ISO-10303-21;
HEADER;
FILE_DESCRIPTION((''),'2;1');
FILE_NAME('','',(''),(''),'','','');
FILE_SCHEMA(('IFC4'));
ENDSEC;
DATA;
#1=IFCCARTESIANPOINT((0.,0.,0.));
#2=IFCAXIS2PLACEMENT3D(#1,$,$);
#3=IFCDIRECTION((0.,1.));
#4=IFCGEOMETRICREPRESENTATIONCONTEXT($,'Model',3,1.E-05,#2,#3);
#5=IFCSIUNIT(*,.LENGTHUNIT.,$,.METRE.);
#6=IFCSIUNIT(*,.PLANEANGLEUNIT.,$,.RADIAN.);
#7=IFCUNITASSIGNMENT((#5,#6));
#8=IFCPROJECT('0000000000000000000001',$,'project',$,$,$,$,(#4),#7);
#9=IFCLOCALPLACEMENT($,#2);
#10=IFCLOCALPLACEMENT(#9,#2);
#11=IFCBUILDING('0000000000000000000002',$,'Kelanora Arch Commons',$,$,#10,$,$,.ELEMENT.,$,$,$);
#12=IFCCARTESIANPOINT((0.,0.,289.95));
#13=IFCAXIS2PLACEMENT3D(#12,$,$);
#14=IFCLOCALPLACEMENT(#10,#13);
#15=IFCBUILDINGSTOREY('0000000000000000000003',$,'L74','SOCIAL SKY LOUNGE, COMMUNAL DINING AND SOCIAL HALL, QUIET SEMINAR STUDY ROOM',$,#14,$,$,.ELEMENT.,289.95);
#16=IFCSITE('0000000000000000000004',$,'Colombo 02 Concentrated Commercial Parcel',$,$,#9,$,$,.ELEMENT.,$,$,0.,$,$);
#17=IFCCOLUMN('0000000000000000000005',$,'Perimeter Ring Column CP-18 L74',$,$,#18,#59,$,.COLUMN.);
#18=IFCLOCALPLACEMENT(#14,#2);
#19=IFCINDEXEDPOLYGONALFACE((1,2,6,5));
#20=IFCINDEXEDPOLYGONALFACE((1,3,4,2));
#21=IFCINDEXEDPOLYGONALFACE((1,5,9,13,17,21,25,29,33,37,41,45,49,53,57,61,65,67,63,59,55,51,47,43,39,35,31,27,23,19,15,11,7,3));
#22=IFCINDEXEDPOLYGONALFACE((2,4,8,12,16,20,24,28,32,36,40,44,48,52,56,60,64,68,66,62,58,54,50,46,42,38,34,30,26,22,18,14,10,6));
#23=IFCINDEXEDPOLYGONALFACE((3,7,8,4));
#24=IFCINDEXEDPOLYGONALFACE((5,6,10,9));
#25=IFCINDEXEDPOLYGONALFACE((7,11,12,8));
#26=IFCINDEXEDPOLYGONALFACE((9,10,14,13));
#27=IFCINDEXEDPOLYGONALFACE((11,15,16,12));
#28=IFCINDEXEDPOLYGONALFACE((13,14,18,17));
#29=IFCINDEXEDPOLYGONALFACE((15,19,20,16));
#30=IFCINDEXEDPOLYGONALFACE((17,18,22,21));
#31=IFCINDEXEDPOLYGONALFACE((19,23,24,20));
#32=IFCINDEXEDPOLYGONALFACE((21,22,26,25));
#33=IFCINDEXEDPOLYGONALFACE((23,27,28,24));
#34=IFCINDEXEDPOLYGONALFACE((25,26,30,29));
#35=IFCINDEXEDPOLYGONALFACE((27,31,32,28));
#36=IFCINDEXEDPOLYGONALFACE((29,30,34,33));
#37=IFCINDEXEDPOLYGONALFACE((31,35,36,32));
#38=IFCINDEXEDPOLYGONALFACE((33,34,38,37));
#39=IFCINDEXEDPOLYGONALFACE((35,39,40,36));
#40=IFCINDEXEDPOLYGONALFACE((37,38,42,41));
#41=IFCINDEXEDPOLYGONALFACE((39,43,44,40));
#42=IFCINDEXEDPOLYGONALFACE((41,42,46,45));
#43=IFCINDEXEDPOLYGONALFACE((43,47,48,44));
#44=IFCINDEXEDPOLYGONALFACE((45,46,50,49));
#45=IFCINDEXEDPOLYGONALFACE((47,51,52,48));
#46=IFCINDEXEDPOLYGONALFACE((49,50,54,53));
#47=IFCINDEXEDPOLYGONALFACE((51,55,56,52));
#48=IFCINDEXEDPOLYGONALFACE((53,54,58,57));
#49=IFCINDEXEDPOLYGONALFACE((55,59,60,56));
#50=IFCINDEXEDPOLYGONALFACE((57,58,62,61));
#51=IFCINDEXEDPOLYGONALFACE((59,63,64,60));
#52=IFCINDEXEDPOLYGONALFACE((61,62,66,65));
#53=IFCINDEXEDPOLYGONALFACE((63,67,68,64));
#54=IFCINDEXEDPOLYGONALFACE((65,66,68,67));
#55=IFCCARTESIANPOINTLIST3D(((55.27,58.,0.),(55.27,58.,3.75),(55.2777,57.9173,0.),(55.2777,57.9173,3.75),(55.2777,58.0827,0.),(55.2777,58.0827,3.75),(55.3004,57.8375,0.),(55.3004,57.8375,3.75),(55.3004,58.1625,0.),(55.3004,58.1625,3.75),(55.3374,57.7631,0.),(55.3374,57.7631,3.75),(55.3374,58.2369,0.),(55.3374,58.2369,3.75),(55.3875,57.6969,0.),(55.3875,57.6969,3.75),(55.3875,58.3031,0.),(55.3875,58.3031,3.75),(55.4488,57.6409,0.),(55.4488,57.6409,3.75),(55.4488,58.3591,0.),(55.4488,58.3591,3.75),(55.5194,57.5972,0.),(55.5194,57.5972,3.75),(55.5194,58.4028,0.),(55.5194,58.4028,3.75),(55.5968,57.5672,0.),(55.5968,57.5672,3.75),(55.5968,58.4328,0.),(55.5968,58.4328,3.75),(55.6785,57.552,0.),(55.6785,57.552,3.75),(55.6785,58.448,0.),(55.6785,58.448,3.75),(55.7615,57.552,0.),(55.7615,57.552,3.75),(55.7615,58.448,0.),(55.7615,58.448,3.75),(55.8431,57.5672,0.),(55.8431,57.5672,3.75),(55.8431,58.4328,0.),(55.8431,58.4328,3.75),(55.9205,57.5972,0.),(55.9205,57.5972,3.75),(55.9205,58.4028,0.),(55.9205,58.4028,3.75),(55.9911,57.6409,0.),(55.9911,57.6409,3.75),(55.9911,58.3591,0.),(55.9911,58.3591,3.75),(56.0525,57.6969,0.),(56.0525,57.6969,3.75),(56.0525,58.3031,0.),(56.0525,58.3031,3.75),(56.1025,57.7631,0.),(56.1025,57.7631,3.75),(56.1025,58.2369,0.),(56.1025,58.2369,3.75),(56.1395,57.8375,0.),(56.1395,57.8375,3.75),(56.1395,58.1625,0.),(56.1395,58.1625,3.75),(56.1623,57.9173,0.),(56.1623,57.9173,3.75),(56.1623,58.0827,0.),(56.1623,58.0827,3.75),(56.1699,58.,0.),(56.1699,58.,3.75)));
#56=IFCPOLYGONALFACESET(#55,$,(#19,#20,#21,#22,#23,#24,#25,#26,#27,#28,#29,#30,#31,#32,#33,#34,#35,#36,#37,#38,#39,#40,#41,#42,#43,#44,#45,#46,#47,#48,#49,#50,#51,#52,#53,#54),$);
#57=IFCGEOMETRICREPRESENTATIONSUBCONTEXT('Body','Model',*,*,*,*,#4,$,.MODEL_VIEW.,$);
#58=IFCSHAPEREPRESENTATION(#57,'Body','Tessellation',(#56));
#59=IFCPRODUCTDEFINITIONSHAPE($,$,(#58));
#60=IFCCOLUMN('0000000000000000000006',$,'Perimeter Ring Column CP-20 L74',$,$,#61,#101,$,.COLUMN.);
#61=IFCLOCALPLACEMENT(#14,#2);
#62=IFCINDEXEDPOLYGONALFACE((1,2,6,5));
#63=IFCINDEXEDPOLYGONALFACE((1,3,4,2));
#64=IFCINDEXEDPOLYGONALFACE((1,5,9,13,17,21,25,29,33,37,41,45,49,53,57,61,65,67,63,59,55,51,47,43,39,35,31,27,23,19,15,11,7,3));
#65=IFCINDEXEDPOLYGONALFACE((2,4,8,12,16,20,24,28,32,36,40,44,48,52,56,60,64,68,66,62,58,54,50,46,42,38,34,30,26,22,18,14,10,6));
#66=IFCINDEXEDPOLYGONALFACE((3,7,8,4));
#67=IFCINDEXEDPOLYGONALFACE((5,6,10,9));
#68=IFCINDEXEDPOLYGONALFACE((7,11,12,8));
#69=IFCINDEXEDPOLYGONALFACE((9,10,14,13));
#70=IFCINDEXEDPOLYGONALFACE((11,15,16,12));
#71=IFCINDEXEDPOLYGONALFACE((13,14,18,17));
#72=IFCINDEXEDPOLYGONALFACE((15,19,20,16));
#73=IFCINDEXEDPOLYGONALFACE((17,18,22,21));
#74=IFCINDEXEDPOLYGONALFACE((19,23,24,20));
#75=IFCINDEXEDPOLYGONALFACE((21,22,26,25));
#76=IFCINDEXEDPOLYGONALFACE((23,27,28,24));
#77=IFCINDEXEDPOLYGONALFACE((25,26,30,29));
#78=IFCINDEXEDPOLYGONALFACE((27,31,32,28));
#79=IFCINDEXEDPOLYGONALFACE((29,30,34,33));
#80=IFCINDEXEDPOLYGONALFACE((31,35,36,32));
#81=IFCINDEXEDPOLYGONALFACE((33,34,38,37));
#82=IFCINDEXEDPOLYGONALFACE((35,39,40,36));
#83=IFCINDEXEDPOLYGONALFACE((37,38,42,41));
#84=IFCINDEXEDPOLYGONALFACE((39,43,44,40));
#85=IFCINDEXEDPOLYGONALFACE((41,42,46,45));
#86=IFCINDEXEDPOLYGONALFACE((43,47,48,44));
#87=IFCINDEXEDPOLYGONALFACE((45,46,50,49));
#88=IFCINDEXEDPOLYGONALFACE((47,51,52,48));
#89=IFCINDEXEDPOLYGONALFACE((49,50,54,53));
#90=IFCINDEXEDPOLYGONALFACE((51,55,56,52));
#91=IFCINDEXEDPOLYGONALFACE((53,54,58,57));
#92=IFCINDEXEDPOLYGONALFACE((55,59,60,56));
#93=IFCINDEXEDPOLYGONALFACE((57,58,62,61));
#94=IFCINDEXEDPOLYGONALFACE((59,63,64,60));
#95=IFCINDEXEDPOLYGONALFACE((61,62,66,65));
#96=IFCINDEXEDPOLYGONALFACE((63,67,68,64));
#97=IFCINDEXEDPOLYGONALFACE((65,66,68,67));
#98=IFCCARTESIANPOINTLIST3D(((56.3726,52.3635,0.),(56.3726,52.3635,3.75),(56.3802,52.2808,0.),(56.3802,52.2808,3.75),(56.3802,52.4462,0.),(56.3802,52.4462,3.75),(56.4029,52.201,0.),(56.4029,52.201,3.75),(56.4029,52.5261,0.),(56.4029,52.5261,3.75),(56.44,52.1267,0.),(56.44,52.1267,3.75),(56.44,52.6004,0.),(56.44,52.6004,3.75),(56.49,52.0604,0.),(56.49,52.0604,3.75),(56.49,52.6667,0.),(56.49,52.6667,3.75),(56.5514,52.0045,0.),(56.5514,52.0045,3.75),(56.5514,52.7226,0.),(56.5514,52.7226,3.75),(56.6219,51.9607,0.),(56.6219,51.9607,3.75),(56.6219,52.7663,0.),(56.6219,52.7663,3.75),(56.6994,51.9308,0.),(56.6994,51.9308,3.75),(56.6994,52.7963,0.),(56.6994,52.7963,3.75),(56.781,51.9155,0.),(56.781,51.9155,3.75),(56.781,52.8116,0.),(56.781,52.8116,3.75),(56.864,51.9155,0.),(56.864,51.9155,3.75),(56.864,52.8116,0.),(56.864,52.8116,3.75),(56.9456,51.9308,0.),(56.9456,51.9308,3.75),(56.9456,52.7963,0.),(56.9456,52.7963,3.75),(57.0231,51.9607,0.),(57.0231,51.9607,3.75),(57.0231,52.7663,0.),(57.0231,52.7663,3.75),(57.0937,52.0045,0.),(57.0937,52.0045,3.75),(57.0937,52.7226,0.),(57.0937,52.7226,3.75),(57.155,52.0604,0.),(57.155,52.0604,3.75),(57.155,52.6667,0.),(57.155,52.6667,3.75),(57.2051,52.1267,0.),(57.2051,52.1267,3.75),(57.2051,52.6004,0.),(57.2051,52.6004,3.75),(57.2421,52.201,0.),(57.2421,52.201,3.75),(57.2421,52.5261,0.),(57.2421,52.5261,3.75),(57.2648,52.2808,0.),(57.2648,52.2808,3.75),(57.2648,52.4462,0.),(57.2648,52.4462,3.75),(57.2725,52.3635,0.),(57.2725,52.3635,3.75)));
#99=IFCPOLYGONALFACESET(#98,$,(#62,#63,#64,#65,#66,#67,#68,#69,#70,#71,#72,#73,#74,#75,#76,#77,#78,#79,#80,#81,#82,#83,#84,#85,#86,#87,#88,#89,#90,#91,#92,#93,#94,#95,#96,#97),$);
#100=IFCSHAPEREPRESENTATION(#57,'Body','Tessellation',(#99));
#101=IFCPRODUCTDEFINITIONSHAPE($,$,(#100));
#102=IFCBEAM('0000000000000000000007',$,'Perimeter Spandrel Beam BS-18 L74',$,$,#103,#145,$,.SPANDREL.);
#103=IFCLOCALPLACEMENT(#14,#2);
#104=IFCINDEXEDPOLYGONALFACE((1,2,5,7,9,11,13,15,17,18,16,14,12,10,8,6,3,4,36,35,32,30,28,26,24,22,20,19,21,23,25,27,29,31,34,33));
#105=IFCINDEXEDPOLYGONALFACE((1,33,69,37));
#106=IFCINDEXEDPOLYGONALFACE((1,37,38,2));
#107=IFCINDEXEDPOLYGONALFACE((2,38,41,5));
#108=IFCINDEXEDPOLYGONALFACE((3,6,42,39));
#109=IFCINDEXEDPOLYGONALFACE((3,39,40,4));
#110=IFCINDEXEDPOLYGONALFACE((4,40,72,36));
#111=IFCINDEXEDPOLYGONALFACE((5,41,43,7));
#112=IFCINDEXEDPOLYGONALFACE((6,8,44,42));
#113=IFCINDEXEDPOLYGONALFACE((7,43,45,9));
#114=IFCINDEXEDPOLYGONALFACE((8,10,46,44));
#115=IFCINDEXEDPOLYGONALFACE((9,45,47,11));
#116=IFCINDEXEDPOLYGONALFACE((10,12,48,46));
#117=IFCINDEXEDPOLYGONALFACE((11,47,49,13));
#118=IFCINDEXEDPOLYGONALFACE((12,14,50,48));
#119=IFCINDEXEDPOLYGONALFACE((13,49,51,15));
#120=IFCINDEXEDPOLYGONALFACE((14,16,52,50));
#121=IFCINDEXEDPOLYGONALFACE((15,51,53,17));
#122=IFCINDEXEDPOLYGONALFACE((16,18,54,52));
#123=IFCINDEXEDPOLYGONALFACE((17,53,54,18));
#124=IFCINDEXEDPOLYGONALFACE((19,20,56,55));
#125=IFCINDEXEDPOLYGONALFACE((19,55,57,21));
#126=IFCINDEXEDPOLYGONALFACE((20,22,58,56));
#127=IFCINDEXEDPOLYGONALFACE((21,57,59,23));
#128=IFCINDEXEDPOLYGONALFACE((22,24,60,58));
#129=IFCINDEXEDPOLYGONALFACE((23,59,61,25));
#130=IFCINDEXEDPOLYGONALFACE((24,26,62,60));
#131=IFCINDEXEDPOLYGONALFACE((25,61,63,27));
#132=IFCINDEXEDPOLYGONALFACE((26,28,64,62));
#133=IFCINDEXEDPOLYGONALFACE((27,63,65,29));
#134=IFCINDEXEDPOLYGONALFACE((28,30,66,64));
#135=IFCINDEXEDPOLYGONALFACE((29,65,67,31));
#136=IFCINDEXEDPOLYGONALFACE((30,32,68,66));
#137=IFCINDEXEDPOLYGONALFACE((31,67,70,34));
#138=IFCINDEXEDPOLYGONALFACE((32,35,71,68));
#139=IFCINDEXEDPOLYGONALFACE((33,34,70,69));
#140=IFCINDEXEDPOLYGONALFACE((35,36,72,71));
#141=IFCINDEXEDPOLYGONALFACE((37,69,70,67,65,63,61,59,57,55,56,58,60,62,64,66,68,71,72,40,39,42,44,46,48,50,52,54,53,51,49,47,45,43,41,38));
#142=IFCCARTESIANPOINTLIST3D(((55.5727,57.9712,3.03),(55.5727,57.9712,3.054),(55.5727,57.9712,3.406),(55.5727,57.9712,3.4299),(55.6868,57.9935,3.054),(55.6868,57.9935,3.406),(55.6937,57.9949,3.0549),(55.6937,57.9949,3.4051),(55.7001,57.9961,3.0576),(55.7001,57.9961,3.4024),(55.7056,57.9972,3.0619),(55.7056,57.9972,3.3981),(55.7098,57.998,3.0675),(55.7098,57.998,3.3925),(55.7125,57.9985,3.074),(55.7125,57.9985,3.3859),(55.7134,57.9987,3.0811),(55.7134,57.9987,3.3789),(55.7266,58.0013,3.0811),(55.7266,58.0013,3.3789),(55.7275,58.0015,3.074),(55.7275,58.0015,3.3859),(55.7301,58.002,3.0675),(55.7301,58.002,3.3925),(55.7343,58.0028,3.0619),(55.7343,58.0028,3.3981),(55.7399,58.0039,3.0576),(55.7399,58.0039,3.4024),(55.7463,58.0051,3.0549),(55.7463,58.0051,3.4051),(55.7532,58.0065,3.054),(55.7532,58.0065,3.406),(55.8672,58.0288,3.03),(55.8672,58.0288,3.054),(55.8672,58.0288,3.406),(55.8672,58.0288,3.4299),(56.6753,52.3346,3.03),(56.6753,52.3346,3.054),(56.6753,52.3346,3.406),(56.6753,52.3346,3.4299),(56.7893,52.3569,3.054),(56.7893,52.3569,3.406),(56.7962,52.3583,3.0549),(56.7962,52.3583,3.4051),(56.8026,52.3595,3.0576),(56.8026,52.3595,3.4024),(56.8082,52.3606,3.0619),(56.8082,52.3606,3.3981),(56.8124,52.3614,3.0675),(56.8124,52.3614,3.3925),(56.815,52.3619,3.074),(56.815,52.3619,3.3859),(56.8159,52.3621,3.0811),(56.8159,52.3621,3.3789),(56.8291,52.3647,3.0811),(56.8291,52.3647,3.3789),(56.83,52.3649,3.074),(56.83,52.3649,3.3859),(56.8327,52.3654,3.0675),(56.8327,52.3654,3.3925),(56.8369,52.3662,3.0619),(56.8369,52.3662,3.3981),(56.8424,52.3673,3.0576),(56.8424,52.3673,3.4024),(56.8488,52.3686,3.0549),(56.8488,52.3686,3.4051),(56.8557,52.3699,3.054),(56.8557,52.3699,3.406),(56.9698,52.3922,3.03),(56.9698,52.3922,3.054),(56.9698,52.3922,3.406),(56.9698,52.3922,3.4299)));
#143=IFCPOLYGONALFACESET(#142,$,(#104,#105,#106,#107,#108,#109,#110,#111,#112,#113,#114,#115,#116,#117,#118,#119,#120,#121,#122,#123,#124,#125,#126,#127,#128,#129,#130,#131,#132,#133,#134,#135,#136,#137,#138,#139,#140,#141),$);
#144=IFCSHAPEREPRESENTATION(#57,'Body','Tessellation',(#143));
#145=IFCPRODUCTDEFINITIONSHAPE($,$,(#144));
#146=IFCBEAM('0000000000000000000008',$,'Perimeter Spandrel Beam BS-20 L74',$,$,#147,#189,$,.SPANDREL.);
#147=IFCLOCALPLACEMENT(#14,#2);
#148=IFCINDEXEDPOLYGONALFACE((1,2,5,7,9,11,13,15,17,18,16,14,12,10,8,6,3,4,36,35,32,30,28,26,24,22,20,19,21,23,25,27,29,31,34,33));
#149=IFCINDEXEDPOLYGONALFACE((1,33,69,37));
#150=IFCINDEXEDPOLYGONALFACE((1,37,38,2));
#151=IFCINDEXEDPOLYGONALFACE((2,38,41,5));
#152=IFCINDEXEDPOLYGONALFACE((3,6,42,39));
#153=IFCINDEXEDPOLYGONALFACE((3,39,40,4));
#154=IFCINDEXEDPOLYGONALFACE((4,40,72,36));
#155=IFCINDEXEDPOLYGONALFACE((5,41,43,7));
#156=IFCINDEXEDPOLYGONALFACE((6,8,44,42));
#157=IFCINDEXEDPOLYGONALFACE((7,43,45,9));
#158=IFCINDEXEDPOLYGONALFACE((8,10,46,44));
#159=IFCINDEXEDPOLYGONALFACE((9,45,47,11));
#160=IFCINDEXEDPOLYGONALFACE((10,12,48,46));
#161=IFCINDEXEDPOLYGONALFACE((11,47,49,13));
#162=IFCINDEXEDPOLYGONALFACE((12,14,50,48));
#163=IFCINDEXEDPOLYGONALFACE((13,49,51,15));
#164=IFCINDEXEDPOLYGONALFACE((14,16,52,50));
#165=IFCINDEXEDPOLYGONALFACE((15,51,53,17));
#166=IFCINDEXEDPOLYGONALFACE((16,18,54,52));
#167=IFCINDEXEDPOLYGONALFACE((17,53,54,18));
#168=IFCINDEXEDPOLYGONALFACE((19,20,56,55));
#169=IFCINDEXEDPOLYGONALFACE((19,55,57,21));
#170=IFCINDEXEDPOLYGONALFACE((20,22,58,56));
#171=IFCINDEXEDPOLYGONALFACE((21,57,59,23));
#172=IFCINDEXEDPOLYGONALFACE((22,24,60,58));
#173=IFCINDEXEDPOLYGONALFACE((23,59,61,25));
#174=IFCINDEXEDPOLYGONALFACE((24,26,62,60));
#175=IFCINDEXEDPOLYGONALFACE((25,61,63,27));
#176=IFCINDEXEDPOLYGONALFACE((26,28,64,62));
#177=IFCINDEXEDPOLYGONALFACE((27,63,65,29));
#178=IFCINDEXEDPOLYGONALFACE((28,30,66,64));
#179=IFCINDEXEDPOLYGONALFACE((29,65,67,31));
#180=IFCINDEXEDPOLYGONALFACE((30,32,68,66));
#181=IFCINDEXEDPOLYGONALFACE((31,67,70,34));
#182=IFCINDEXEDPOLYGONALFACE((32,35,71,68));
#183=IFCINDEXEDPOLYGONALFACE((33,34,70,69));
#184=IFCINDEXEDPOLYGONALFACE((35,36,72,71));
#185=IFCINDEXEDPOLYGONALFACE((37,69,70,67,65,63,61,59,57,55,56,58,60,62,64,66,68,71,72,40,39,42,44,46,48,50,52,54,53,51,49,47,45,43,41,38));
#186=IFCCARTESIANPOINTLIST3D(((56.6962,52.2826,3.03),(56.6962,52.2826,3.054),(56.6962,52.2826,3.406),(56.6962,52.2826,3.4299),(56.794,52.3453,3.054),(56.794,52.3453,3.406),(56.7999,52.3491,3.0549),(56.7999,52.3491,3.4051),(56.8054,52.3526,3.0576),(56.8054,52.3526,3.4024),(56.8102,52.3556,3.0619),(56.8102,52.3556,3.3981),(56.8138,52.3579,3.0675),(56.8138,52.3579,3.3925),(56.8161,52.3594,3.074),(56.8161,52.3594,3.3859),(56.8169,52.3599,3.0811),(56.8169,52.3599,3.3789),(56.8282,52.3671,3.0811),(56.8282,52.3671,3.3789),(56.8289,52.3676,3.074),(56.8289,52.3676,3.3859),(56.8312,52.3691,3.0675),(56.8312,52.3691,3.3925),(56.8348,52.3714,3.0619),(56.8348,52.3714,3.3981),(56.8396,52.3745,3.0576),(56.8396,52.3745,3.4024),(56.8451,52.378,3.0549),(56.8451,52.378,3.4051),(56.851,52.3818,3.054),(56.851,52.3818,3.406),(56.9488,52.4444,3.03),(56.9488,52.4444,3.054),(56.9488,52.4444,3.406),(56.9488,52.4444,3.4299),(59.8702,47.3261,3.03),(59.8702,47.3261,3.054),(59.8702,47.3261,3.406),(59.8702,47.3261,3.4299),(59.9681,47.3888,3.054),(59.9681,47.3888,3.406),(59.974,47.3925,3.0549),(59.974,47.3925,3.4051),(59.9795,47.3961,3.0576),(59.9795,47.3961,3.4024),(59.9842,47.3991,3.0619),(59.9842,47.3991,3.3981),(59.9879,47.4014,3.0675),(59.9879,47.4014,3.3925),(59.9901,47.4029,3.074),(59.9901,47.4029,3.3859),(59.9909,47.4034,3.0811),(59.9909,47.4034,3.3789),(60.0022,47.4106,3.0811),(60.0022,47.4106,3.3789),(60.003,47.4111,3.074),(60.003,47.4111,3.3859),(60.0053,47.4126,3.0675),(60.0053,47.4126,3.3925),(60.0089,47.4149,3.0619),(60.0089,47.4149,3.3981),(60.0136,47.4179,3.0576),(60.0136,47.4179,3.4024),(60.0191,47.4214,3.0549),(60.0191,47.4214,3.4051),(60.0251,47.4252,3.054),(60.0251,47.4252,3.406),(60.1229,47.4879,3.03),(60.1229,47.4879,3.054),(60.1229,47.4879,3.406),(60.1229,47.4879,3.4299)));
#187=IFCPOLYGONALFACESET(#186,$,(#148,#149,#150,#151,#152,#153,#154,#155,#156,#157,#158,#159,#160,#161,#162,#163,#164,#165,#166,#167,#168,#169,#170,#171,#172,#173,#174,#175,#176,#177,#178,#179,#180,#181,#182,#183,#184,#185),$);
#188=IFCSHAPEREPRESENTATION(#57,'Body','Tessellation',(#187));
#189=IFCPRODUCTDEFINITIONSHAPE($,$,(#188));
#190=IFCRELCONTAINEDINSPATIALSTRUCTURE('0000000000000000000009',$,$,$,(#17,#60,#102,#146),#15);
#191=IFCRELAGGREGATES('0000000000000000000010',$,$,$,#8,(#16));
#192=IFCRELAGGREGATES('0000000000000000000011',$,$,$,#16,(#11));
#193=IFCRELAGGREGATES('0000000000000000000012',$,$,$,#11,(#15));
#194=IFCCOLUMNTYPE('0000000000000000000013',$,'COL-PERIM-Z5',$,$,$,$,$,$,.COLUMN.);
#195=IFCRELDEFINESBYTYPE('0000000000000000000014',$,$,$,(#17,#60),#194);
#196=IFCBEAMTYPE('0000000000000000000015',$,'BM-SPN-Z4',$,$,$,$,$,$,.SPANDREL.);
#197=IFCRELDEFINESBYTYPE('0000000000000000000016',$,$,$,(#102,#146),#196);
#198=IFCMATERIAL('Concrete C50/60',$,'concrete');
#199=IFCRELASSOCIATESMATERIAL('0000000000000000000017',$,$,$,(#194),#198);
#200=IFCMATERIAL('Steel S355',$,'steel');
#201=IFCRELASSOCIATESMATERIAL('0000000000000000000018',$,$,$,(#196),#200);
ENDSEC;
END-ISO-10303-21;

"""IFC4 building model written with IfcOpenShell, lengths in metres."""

from ifc_helpers import new_model, si_unit, direction, frame, origin, origin_2d, place, context, subcontext, project, spatial, circle, i_section, extrude, material, material_profile, profile_set, type_object, element, save


model = new_model("IFC4")

# Units and contexts
model_context = context("Model", 3, precision=1e-05, world=origin(), true_north=direction((0.0, 1.0)))
body_context = subcontext(model_context, "Body", "Model", "MODEL_VIEW")
ifc_project = project(units=[si_unit("LENGTHUNIT", "METRE"), si_unit("PLANEANGLEUNIT", "RADIAN")], contexts=[model_context])

# Site, building, storey
site_placement = place(None, origin())
site = spatial("IfcSite", under=ifc_project, at=site_placement, Name="Colombo 02 Concentrated Commercial Parcel", CompositionType="ELEMENT", RefElevation=0.0)
building_placement = place(site_placement, origin())
building = spatial("IfcBuilding", under=site, at=building_placement, Name="Kelanora Arch Commons", CompositionType="ELEMENT")
storey_placement = place(building_placement, frame((0.0, 0.0, 289.95)))
storey = spatial("IfcBuildingStorey", under=building, at=storey_placement, Name="L74", Description="SOCIAL SKY LOUNGE, COMMUNAL DINING AND SOCIAL HALL, QUIET SEMINAR STUDY ROOM", CompositionType="ELEMENT", Elevation=289.95)

# Columns
ifc_material_1 = material(Name="Concrete C50/60", Category="concrete")
ifc_material_profile_1 = material_profile(ifc_material_1, circle(Radius=0.45, at=origin_2d()), Name="RCC900")
ifc_profile_set_1 = profile_set([ifc_material_profile_1], Name="Concrete C50/60")
column_type = type_object("IfcColumnType", Name="COL-PERIM-Z5", PredefinedType="COLUMN", material=ifc_profile_set_1)
for number, where, z_axis, x_axis, name in (
    (1, (55.72, 58.0, 0.0), (0.0, 0.0, 1.0), (1.0, 0.0, 0.0), "Perimeter Ring Column CP-18 L74"),
    (2, (56.8225, 52.3635, 0.0), (0.0, 0.0, 1.0), (1.0, 0.0, 0.0), "Perimeter Ring Column CP-20 L74"),
):
    element("IfcColumn", number, at=place(storey_placement, frame(where, z_axis=z_axis, x_axis=x_axis)), inside=storey, type_object=column_type, Name=name, PredefinedType="COLUMN", context=body_context, shape_type="SweptSolid", body=[
        extrude(circle(Radius=0.45, at=origin_2d()), origin(), (0.0, 0.0, 1.0), 3.75),
    ])

# Beams
ifc_material_2 = material(Name="Steel S355", Category="steel")
ifc_material_profile_2 = material_profile(ifc_material_2, i_section(OverallWidth=0.3, OverallDepth=0.3999, WebThickness=0.0134, FlangeThickness=0.0239, FilletRadius=0.0271, at=origin_2d()), Name="HEB400")
ifc_profile_set_2 = profile_set([ifc_material_profile_2], Name="Steel S355")
beam_type = type_object("IfcBeamType", Name="BM-SPN-Z4", PredefinedType="SPANDREL", material=ifc_profile_set_2)
beam_1_placement = place(storey_placement, frame((55.72, 58.0, 3.23), z_axis=(0.19197, -0.981401, 0.0), x_axis=(0.981401, 0.19197, 0.0)))
element("IfcBeam", 3, at=beam_1_placement, inside=storey, type_object=beam_type, Name="Perimeter Spandrel Beam BS-18 L74", PredefinedType="SPANDREL", context=body_context, shape_type="SweptSolid", body=[
    extrude(i_section(OverallWidth=0.3, OverallDepth=0.3999, WebThickness=0.0134, FlangeThickness=0.0239, FilletRadius=0.0271, at=origin_2d()), origin(), (0.0, 0.0, 1.0), 5.7434),
])
beam_2_placement = place(storey_placement, frame((56.8225, 52.3635, 3.23), z_axis=(0.539281, -0.842126, 0.0), x_axis=(0.842126, 0.539281, 0.0)))
element("IfcBeam", 4, at=beam_2_placement, inside=storey, type_object=beam_type, Name="Perimeter Spandrel Beam BS-20 L74", PredefinedType="SPANDREL", context=body_context, shape_type="SweptSolid", body=[
    extrude(i_section(OverallWidth=0.3, OverallDepth=0.3999, WebThickness=0.0134, FlangeThickness=0.0239, FilletRadius=0.0271, at=origin_2d()), origin(), (0.0, 0.0, 1.0), 5.8857),
])

save(model, "model.ifc")
